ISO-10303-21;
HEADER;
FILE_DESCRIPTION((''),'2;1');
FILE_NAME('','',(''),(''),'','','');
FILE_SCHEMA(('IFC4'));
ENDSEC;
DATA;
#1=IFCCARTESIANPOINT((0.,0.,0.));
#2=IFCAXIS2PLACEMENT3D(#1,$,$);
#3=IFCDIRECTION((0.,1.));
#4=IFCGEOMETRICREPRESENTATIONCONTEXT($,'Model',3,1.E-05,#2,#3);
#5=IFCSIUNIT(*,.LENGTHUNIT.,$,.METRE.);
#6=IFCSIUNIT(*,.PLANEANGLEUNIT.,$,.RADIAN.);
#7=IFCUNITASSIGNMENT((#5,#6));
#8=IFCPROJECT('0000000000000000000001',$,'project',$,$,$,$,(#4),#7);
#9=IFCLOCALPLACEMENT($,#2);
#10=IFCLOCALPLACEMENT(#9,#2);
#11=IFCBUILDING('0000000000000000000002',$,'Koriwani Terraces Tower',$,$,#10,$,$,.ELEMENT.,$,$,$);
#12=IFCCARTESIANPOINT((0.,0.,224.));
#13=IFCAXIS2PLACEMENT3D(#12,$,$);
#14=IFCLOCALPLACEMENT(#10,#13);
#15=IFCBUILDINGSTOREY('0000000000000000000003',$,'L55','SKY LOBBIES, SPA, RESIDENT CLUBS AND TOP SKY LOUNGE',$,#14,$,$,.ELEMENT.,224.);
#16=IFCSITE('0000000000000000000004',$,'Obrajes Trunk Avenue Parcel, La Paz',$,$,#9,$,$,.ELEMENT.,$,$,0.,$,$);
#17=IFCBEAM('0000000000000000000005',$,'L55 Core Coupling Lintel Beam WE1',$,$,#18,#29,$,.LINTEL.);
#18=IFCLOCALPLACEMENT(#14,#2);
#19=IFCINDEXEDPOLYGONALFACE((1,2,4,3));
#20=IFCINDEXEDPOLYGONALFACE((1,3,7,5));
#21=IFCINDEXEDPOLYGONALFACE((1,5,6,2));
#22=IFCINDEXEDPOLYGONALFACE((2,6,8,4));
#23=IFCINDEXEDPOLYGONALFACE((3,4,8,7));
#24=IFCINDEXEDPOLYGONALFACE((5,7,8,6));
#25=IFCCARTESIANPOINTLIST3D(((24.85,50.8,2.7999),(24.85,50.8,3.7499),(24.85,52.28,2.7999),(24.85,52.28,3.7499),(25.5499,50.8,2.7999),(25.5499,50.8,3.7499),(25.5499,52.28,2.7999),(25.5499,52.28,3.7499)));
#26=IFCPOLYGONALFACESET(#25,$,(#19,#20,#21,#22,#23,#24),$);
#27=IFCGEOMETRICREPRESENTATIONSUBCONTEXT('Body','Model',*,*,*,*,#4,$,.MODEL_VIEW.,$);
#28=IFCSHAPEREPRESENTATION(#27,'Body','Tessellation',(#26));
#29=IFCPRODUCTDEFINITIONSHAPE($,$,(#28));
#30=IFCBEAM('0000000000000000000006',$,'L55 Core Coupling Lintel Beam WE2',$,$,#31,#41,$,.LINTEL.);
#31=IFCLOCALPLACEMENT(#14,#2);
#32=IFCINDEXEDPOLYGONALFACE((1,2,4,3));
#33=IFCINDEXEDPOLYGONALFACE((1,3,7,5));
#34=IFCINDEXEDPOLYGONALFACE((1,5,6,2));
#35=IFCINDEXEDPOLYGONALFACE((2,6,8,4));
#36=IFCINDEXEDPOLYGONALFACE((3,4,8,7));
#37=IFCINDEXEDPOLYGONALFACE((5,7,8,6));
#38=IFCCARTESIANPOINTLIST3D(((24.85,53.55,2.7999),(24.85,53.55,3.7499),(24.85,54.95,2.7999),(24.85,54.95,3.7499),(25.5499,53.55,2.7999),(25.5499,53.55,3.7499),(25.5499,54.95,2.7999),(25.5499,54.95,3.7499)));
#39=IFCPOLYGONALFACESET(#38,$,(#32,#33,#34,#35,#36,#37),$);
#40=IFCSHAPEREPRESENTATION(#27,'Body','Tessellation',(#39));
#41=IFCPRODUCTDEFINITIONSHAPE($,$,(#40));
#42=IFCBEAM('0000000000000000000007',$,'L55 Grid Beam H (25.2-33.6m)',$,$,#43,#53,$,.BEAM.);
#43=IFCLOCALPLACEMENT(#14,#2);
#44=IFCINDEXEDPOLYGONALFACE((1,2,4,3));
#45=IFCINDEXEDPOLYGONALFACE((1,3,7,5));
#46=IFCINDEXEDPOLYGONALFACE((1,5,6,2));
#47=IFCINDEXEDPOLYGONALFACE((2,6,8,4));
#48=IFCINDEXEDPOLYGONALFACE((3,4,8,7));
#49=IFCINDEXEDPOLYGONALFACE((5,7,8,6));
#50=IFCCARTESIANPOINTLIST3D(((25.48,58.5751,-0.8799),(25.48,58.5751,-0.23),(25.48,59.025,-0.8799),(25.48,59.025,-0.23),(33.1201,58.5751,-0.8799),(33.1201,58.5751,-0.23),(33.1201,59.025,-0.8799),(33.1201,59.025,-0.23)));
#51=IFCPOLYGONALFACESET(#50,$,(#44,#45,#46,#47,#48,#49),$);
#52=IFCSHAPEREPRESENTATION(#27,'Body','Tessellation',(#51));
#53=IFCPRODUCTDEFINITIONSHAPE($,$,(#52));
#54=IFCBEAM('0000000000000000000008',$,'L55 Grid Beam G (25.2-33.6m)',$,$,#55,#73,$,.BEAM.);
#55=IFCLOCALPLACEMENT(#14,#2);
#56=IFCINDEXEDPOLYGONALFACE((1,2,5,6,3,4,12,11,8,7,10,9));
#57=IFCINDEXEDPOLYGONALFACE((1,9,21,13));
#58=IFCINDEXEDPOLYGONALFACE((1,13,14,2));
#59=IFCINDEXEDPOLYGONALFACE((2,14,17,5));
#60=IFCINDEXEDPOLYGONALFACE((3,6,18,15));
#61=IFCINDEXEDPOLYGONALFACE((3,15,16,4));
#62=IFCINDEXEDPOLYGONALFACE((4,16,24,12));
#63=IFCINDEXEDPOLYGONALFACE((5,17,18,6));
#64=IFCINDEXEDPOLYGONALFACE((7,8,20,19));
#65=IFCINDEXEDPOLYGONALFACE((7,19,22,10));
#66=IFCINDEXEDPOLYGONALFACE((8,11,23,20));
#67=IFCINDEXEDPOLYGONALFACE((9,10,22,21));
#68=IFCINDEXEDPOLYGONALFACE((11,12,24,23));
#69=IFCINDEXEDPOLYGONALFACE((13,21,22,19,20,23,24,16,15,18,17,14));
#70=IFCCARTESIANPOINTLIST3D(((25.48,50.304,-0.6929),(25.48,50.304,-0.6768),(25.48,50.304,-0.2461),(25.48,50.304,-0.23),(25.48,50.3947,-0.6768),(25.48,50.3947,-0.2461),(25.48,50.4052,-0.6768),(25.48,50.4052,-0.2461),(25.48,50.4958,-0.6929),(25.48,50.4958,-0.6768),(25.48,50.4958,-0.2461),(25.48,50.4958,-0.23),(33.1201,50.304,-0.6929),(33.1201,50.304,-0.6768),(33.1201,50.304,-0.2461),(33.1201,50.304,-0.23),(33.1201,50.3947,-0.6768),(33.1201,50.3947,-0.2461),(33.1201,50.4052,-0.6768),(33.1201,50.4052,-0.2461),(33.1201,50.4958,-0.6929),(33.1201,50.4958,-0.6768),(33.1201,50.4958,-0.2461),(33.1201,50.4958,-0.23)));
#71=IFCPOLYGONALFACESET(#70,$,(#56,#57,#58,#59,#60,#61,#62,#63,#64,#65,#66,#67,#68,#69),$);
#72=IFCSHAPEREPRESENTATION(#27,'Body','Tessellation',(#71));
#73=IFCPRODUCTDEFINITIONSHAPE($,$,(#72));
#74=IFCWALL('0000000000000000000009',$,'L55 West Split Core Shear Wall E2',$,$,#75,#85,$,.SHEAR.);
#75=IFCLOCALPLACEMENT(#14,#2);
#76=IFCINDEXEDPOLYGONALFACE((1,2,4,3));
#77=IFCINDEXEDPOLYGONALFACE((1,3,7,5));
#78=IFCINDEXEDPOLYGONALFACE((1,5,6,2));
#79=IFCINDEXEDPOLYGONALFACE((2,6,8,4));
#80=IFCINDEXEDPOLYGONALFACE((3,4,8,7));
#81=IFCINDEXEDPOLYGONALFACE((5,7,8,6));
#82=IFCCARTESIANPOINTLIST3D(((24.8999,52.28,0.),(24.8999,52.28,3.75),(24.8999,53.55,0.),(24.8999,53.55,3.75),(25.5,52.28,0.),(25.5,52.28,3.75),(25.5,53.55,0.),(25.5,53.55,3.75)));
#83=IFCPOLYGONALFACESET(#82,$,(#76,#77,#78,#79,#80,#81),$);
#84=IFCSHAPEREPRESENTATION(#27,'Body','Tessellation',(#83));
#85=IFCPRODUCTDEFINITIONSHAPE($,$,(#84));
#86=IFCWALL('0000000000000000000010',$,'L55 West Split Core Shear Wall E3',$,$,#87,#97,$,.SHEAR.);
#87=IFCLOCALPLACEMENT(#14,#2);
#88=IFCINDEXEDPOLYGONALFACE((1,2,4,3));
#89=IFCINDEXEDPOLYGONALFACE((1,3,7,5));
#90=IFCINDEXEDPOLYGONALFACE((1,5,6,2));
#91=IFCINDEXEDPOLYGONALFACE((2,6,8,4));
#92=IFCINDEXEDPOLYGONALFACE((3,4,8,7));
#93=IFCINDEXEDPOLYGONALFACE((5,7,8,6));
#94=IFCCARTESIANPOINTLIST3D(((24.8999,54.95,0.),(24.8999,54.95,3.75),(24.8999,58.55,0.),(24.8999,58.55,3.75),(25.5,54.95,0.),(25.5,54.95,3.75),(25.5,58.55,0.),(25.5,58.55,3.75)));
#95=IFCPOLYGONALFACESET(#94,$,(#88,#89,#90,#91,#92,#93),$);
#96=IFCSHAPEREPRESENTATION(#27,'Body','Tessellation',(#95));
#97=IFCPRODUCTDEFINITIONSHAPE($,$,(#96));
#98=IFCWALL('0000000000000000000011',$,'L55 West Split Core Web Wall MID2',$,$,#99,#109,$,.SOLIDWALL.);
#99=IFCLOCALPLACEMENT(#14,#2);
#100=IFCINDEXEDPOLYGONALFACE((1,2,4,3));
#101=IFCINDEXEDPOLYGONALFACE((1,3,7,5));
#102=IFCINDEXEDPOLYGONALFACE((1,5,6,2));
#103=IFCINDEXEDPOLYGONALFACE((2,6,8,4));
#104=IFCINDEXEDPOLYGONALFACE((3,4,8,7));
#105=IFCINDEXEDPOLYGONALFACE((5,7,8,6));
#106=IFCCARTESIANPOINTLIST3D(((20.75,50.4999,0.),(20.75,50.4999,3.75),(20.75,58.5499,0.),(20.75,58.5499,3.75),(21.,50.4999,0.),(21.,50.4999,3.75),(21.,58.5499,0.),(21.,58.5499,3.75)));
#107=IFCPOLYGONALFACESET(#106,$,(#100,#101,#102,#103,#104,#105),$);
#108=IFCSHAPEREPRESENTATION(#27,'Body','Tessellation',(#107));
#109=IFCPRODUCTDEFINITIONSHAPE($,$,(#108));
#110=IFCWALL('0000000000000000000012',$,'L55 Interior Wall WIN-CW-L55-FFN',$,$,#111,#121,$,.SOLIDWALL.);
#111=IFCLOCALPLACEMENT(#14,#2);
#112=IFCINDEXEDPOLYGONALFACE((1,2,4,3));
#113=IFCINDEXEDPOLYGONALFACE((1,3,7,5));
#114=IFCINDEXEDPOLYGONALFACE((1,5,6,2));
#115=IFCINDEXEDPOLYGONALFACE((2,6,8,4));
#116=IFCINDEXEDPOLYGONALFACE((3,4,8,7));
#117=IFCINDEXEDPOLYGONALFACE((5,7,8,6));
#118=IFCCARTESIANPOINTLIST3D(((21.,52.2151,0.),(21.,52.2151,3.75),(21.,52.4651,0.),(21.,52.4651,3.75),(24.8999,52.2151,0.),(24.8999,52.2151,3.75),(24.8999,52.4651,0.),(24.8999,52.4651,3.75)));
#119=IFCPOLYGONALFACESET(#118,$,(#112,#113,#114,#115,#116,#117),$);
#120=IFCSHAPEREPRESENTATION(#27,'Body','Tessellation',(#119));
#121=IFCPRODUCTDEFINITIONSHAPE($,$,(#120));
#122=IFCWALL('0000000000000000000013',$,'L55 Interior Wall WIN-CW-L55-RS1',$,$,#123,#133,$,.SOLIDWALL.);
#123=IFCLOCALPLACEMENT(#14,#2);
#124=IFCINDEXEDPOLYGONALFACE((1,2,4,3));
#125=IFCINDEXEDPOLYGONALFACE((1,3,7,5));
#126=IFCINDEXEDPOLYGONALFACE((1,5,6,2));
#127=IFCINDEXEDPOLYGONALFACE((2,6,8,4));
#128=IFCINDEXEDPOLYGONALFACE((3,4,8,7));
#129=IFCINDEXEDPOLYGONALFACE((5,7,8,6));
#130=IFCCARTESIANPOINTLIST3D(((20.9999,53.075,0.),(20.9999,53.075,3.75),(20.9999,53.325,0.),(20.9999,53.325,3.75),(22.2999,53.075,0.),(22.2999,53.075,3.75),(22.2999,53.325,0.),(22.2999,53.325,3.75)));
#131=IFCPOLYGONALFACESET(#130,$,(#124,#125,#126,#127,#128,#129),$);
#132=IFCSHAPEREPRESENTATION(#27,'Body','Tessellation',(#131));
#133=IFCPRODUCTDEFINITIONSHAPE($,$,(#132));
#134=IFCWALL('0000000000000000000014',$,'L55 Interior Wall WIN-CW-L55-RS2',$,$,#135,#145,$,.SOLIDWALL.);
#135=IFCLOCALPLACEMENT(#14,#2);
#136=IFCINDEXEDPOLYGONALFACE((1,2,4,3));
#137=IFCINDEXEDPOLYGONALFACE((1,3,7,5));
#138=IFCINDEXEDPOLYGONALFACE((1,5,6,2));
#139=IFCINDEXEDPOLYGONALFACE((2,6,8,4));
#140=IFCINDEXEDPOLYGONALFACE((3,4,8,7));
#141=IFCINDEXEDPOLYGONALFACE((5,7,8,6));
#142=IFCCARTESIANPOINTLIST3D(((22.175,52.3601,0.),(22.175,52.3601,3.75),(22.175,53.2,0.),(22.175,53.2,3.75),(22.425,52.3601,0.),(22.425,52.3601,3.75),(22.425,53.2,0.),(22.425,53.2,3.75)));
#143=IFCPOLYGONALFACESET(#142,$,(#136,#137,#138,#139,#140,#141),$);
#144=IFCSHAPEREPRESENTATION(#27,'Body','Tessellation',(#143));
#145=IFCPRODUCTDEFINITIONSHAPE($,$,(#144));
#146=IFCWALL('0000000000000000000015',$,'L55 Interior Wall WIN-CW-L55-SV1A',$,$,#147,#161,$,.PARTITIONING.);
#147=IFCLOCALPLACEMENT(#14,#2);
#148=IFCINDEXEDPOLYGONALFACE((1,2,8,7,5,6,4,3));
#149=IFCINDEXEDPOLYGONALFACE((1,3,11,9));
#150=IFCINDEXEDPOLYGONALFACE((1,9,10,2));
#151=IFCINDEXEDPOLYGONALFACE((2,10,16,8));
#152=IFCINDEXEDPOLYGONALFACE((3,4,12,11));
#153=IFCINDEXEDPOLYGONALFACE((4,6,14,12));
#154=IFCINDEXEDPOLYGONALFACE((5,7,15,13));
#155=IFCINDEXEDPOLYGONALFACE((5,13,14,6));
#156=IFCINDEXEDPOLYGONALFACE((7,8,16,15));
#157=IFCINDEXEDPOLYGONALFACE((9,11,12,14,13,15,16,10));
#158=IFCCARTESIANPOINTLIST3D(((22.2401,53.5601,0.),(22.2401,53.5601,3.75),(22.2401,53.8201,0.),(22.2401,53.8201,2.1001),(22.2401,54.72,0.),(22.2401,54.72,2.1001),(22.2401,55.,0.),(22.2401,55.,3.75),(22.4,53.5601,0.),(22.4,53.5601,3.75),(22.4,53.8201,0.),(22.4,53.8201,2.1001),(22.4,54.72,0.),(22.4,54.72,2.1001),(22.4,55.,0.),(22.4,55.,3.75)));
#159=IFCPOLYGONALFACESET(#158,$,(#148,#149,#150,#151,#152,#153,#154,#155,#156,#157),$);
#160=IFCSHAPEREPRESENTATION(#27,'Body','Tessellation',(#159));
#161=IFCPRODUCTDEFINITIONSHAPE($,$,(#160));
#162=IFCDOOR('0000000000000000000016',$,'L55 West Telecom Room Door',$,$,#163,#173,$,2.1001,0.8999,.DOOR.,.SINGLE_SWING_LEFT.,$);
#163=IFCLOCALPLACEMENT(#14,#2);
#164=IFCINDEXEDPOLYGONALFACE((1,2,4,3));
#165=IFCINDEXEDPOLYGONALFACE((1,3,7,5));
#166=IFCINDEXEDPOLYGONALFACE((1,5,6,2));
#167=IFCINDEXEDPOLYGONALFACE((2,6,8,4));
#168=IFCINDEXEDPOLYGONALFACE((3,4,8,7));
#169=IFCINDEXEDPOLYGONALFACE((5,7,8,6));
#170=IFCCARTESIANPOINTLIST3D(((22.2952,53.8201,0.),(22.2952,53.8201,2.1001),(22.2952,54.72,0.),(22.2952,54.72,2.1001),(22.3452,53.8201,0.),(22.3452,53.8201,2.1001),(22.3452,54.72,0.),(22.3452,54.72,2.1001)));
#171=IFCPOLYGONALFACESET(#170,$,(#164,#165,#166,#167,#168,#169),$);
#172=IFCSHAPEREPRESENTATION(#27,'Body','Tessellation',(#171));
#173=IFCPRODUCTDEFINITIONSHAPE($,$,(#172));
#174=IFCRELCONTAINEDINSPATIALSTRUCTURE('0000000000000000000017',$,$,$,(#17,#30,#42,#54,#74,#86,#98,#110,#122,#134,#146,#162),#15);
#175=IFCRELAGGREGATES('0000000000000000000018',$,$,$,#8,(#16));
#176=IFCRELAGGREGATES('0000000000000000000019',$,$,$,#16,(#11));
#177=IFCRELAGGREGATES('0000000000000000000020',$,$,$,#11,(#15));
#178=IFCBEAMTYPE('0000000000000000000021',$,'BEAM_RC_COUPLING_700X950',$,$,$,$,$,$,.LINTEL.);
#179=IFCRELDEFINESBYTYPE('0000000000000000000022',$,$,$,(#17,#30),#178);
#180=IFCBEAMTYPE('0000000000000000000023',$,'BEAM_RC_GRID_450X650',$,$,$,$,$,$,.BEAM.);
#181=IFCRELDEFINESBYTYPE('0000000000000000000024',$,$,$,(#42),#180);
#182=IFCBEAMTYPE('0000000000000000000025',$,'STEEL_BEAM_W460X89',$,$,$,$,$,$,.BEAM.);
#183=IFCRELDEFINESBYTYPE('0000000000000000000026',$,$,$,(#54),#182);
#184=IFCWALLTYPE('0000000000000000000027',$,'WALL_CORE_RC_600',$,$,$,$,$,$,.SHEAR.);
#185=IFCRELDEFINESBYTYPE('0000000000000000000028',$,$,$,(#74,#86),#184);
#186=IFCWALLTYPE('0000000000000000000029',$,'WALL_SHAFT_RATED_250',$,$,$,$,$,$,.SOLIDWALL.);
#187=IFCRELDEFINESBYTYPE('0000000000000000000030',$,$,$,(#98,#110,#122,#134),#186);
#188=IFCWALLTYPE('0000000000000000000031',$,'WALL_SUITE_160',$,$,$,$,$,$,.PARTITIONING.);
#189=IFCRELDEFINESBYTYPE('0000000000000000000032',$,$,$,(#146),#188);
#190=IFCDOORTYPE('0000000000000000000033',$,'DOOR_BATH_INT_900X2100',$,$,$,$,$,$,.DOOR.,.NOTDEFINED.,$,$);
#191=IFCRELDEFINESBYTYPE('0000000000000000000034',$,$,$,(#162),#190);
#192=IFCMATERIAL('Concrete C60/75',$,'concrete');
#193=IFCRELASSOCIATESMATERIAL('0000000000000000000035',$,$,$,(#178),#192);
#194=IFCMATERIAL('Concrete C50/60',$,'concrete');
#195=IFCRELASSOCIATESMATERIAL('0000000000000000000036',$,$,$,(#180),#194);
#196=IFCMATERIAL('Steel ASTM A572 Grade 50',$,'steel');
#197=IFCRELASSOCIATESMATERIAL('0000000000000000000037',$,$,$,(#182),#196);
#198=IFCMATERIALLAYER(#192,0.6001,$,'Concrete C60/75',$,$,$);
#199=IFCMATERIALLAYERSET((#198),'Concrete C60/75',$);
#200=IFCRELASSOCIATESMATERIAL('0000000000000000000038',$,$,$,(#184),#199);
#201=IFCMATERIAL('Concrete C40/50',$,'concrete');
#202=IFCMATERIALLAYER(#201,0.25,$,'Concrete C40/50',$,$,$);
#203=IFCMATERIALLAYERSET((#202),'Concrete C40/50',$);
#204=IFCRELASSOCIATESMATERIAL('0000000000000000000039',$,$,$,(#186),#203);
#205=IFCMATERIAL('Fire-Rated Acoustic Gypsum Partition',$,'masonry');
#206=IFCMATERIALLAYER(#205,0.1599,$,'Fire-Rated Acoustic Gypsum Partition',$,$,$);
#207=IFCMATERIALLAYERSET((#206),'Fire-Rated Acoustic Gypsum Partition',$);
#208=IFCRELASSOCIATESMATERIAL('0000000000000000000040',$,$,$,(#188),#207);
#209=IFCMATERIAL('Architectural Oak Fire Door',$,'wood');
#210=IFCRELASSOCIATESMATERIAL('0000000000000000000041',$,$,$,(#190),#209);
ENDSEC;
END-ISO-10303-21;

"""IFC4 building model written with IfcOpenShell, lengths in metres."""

from ifc_helpers import new_model, si_unit, direction, frame, frame_2d, origin, origin_2d, place, context, subcontext, project, spatial, rectangle, i_section, extrude, material, layer, layer_set, material_profile, profile_set, type_object, element, fill, save


model = new_model("IFC4")

# Units and contexts
model_context = context("Model", 3, precision=1e-05, world=origin(), true_north=direction((0.0, 1.0)))
body_context = subcontext(model_context, "Body", "Model", "MODEL_VIEW")
ifc_project = project(units=[si_unit("LENGTHUNIT", "METRE"), si_unit("PLANEANGLEUNIT", "RADIAN")], contexts=[model_context])

# Site, building, storey
site_placement = place(None, origin())
site = spatial("IfcSite", under=ifc_project, at=site_placement, Name="Obrajes Trunk Avenue Parcel, La Paz", CompositionType="ELEMENT", RefElevation=0.0)
building_placement = place(site_placement, origin())
building = spatial("IfcBuilding", under=site, at=building_placement, Name="Koriwani Terraces Tower", CompositionType="ELEMENT")
storey_placement = place(building_placement, frame((0.0, 0.0, 224.0)))
storey = spatial("IfcBuildingStorey", under=building, at=storey_placement, Name="L55", Description="SKY LOBBIES, SPA, RESIDENT CLUBS AND TOP SKY LOUNGE", CompositionType="ELEMENT", Elevation=224.0)

# Beams
ifc_material_1 = material(Name="Concrete C60/75", Category="concrete")
ifc_material_profile_1 = material_profile(ifc_material_1, rectangle(XDim=0.7, YDim=0.95, at=origin_2d()), Name="Concrete C60/75", Category="LoadBearing")
ifc_profile_set_1 = profile_set([ifc_material_profile_1], Name="Concrete C60/75")
beam_type_1 = type_object("IfcBeamType", Name="BEAM_RC_COUPLING_700X950", PredefinedType="LINTEL", material=ifc_profile_set_1)
beam_1_placement = place(storey_placement, frame((25.2, 50.8, 3.2749), z_axis=(0.0, 1.0, 0.0), x_axis=(-1.0, 0.0, 0.0)))
element("IfcBeam", 1, at=beam_1_placement, inside=storey, type_object=beam_type_1, Name="L55 Core Coupling Lintel Beam WE1", PredefinedType="LINTEL", context=body_context, shape_type="SweptSolid", body=[
    extrude(rectangle(XDim=0.7, YDim=0.95, at=origin_2d()), origin(), (0.0, 0.0, 1.0), 1.48),
])
beam_2_placement = place(storey_placement, frame((25.2, 53.55, 3.2749), z_axis=(0.0, 1.0, 0.0), x_axis=(-1.0, 0.0, 0.0)))
element("IfcBeam", 2, at=beam_2_placement, inside=storey, type_object=beam_type_1, Name="L55 Core Coupling Lintel Beam WE2", PredefinedType="LINTEL", context=body_context, shape_type="SweptSolid", body=[
    extrude(rectangle(XDim=0.7, YDim=0.95, at=origin_2d()), origin(), (0.0, 0.0, 1.0), 1.3999),
])
ifc_material_2 = material(Name="Concrete C50/60", Category="concrete")
ifc_material_profile_2 = material_profile(ifc_material_2, rectangle(XDim=0.45, YDim=0.6499, at=origin_2d()), Name="Concrete C50/60", Category="LoadBearing")
ifc_profile_set_2 = profile_set([ifc_material_profile_2], Name="Concrete C50/60")
beam_type_2 = type_object("IfcBeamType", Name="BEAM_RC_GRID_450X650", PredefinedType="BEAM", material=ifc_profile_set_2)
beam_3_placement = place(storey_placement, frame((25.48, 58.8, -0.5549), z_axis=(1.0, 0.0, 0.0), x_axis=(0.0, 1.0, 0.0)))
element("IfcBeam", 3, at=beam_3_placement, inside=storey, type_object=beam_type_2, Name="L55 Grid Beam H (25.2-33.6m)", PredefinedType="BEAM", context=body_context, shape_type="SweptSolid", body=[
    extrude(rectangle(XDim=0.45, YDim=0.6499, at=origin_2d()), origin(), (0.0, 0.0, 1.0), 7.6401),
])
ifc_material_3 = material(Name="Steel ASTM A572 Grade 50", Category="steel")
ifc_material_profile_3 = material_profile(ifc_material_3, i_section(OverallWidth=0.1919, OverallDepth=0.4629, WebThickness=0.0105, FlangeThickness=0.0161, at=origin_2d()), Name="Steel ASTM A572 Grade 50", Category="LoadBearing")
ifc_profile_set_3 = profile_set([ifc_material_profile_3], Name="Steel ASTM A572 Grade 50")
beam_type_3 = type_object("IfcBeamType", Name="STEEL_BEAM_W460X89", PredefinedType="BEAM", material=ifc_profile_set_3)
beam_4_placement = place(storey_placement, frame((25.48, 50.3999, -0.4614), z_axis=(1.0, 0.0, 0.0), x_axis=(0.0, 1.0, 0.0)))
element("IfcBeam", 4, at=beam_4_placement, inside=storey, type_object=beam_type_3, Name="L55 Grid Beam G (25.2-33.6m)", PredefinedType="BEAM", context=body_context, shape_type="SweptSolid", body=[
    extrude(i_section(OverallWidth=0.1919, OverallDepth=0.4629, WebThickness=0.0105, FlangeThickness=0.0161, at=origin_2d()), origin(), (0.0, 0.0, 1.0), 7.6401),
])

# Walls
ifc_layer_1 = layer(ifc_material_1, 0.6001, Name="Concrete C60/75")
ifc_layer_set_1 = layer_set([ifc_layer_1], Name="Concrete C60/75")
wall_type_1 = type_object("IfcWallType", Name="WALL_CORE_RC_600", PredefinedType="SHEAR", material=ifc_layer_set_1)
wall_1_placement = place(storey_placement, frame((25.2, 52.28, 0.0), z_axis=(0.0, 0.0, 1.0), x_axis=(0.0, 1.0, 0.0)))
element("IfcWall", 5, at=wall_1_placement, inside=storey, type_object=wall_type_1, Name="L55 West Split Core Shear Wall E2", PredefinedType="SHEAR", context=body_context, shape_type="SweptSolid", body=[
    extrude(rectangle(XDim=1.27, YDim=0.6001, at=frame_2d((0.635, 0.0))), origin(), (0.0, 0.0, 1.0), 3.75),
])
wall_2_placement = place(storey_placement, frame((25.2, 54.95, 0.0), z_axis=(0.0, 0.0, 1.0), x_axis=(0.0, 1.0, 0.0)))
element("IfcWall", 6, at=wall_2_placement, inside=storey, type_object=wall_type_1, Name="L55 West Split Core Shear Wall E3", PredefinedType="SHEAR", context=body_context, shape_type="SweptSolid", body=[
    extrude(rectangle(XDim=3.6001, YDim=0.6001, at=frame_2d((1.8, 0.0))), origin(), (0.0, 0.0, 1.0), 3.75),
])
ifc_material_4 = material(Name="Concrete C40/50", Category="concrete")
ifc_layer_2 = layer(ifc_material_4, 0.25, Name="Concrete C40/50")
ifc_layer_set_2 = layer_set([ifc_layer_2], Name="Concrete C40/50")
wall_type_2 = type_object("IfcWallType", Name="WALL_SHAFT_RATED_250", PredefinedType="SOLIDWALL", material=ifc_layer_set_2)
wall_3_placement = place(storey_placement, frame((20.875, 50.5, 0.0), z_axis=(0.0, 0.0, 1.0), x_axis=(0.0, 1.0, 0.0)))
element("IfcWall", 7, at=wall_3_placement, inside=storey, type_object=wall_type_2, Name="L55 West Split Core Web Wall MID2", PredefinedType="SOLIDWALL", context=body_context, shape_type="SweptSolid", body=[
    extrude(rectangle(XDim=8.05, YDim=0.25, at=frame_2d((4.0249, 0.0))), origin(), (0.0, 0.0, 1.0), 3.75),
])

# Wall
wall_4_placement = place(storey_placement, frame((21.0, 52.3401, 0.0), z_axis=(0.0, 0.0, 1.0), x_axis=(1.0, 0.0, 0.0)))
element("IfcWall", 8, at=wall_4_placement, inside=storey, type_object=wall_type_2, Name="L55 Interior Wall WIN-CW-L55-FFN", PredefinedType="SOLIDWALL", context=body_context, shape_type="SweptSolid", body=[
    extrude(rectangle(XDim=3.8999, YDim=0.25, at=frame_2d((1.95, 0.0))), origin(), (0.0, 0.0, 1.0), 3.75),
])

# Walls
wall_5_placement = place(storey_placement, frame((21.0, 53.2, 0.0), z_axis=(0.0, 0.0, 1.0), x_axis=(1.0, 0.0, 0.0)))
element("IfcWall", 9, at=wall_5_placement, inside=storey, type_object=wall_type_2, Name="L55 Interior Wall WIN-CW-L55-RS1", PredefinedType="SOLIDWALL", context=body_context, shape_type="SweptSolid", body=[
    extrude(rectangle(XDim=1.3, YDim=0.25, at=frame_2d((0.6499, 0.0))), origin(), (0.0, 0.0, 1.0), 3.75),
])
wall_6_placement = place(storey_placement, frame((22.3, 52.3601, 0.0), z_axis=(0.0, 0.0, 1.0), x_axis=(0.0, 1.0, 0.0)))
element("IfcWall", 10, at=wall_6_placement, inside=storey, type_object=wall_type_2, Name="L55 Interior Wall WIN-CW-L55-RS2", PredefinedType="SOLIDWALL", context=body_context, shape_type="SweptSolid", body=[
    extrude(rectangle(XDim=0.8398, YDim=0.25, at=frame_2d((0.4199, 0.0))), origin(), (0.0, 0.0, 1.0), 3.75),
])

# Wall, opening, door
ifc_material_5 = material(Name="Fire-Rated Acoustic Gypsum Partition", Category="masonry")
ifc_layer_3 = layer(ifc_material_5, 0.1599, Name="Fire-Rated Acoustic Gypsum Partition")
ifc_layer_set_3 = layer_set([ifc_layer_3], Name="Fire-Rated Acoustic Gypsum Partition")
wall_type_3 = type_object("IfcWallType", Name="WALL_SUITE_160", PredefinedType="PARTITIONING", material=ifc_layer_set_3)
wall_7_placement = place(storey_placement, frame((22.3201, 53.5601, 0.0), z_axis=(0.0, 0.0, 1.0), x_axis=(0.0, 1.0, 0.0)))
wall_7 = element("IfcWall", 11, at=wall_7_placement, inside=storey, type_object=wall_type_3, Name="L55 Interior Wall WIN-CW-L55-SV1A", PredefinedType="PARTITIONING", context=body_context, shape_type="SweptSolid", body=[
    extrude(rectangle(XDim=1.4399, YDim=0.1599, at=frame_2d((0.72, 0.0))), origin(), (0.0, 0.0, 1.0), 3.75),
])
opening_1_placement = place(wall_7_placement, frame((0.26, 0.0, 0.0)))
opening_1 = element("IfcOpeningElement", 12, at=opening_1_placement, cuts=wall_7, PredefinedType="OPENING", context=body_context, shape_type="SweptSolid", body=[
    extrude(rectangle(XDim=0.8999, YDim=2.1001, at=frame_2d((0.45, 1.05))), frame((0.0, 0.0898, 0.0), z_axis=(0.0, -1.0, 0.0), x_axis=(1.0, 0.0, 0.0)), (0.0, 0.0, 1.0), 0.1799),
])
ifc_material_6 = material(Name="Architectural Oak Fire Door", Category="wood")
door_type_1 = type_object("IfcDoorType", Name="DOOR_BATH_INT_900X2100", OperationType="NOTDEFINED", PredefinedType="DOOR", material=ifc_material_6)
door_1_placement = place(opening_1_placement, origin())
door_1 = element("IfcDoor", 13, at=door_1_placement, inside=storey, type_object=door_type_1, Name="L55 West Telecom Room Door", OperationType="SINGLE_SWING_LEFT", OverallHeight=2.1001, OverallWidth=0.8999, PredefinedType="DOOR", context=body_context, shape_type="SweptSolid", body=[
    extrude(rectangle(XDim=0.8999, YDim=2.1001, at=frame_2d((0.45, 1.05))), frame((0.0, 0.0249, 0.0), z_axis=(0.0, -1.0, 0.0), x_axis=(1.0, 0.0, 0.0)), (0.0, 0.0, 1.0), 0.05),
])
fill(opening_1, door_1)

save(model, "model.ifc")
